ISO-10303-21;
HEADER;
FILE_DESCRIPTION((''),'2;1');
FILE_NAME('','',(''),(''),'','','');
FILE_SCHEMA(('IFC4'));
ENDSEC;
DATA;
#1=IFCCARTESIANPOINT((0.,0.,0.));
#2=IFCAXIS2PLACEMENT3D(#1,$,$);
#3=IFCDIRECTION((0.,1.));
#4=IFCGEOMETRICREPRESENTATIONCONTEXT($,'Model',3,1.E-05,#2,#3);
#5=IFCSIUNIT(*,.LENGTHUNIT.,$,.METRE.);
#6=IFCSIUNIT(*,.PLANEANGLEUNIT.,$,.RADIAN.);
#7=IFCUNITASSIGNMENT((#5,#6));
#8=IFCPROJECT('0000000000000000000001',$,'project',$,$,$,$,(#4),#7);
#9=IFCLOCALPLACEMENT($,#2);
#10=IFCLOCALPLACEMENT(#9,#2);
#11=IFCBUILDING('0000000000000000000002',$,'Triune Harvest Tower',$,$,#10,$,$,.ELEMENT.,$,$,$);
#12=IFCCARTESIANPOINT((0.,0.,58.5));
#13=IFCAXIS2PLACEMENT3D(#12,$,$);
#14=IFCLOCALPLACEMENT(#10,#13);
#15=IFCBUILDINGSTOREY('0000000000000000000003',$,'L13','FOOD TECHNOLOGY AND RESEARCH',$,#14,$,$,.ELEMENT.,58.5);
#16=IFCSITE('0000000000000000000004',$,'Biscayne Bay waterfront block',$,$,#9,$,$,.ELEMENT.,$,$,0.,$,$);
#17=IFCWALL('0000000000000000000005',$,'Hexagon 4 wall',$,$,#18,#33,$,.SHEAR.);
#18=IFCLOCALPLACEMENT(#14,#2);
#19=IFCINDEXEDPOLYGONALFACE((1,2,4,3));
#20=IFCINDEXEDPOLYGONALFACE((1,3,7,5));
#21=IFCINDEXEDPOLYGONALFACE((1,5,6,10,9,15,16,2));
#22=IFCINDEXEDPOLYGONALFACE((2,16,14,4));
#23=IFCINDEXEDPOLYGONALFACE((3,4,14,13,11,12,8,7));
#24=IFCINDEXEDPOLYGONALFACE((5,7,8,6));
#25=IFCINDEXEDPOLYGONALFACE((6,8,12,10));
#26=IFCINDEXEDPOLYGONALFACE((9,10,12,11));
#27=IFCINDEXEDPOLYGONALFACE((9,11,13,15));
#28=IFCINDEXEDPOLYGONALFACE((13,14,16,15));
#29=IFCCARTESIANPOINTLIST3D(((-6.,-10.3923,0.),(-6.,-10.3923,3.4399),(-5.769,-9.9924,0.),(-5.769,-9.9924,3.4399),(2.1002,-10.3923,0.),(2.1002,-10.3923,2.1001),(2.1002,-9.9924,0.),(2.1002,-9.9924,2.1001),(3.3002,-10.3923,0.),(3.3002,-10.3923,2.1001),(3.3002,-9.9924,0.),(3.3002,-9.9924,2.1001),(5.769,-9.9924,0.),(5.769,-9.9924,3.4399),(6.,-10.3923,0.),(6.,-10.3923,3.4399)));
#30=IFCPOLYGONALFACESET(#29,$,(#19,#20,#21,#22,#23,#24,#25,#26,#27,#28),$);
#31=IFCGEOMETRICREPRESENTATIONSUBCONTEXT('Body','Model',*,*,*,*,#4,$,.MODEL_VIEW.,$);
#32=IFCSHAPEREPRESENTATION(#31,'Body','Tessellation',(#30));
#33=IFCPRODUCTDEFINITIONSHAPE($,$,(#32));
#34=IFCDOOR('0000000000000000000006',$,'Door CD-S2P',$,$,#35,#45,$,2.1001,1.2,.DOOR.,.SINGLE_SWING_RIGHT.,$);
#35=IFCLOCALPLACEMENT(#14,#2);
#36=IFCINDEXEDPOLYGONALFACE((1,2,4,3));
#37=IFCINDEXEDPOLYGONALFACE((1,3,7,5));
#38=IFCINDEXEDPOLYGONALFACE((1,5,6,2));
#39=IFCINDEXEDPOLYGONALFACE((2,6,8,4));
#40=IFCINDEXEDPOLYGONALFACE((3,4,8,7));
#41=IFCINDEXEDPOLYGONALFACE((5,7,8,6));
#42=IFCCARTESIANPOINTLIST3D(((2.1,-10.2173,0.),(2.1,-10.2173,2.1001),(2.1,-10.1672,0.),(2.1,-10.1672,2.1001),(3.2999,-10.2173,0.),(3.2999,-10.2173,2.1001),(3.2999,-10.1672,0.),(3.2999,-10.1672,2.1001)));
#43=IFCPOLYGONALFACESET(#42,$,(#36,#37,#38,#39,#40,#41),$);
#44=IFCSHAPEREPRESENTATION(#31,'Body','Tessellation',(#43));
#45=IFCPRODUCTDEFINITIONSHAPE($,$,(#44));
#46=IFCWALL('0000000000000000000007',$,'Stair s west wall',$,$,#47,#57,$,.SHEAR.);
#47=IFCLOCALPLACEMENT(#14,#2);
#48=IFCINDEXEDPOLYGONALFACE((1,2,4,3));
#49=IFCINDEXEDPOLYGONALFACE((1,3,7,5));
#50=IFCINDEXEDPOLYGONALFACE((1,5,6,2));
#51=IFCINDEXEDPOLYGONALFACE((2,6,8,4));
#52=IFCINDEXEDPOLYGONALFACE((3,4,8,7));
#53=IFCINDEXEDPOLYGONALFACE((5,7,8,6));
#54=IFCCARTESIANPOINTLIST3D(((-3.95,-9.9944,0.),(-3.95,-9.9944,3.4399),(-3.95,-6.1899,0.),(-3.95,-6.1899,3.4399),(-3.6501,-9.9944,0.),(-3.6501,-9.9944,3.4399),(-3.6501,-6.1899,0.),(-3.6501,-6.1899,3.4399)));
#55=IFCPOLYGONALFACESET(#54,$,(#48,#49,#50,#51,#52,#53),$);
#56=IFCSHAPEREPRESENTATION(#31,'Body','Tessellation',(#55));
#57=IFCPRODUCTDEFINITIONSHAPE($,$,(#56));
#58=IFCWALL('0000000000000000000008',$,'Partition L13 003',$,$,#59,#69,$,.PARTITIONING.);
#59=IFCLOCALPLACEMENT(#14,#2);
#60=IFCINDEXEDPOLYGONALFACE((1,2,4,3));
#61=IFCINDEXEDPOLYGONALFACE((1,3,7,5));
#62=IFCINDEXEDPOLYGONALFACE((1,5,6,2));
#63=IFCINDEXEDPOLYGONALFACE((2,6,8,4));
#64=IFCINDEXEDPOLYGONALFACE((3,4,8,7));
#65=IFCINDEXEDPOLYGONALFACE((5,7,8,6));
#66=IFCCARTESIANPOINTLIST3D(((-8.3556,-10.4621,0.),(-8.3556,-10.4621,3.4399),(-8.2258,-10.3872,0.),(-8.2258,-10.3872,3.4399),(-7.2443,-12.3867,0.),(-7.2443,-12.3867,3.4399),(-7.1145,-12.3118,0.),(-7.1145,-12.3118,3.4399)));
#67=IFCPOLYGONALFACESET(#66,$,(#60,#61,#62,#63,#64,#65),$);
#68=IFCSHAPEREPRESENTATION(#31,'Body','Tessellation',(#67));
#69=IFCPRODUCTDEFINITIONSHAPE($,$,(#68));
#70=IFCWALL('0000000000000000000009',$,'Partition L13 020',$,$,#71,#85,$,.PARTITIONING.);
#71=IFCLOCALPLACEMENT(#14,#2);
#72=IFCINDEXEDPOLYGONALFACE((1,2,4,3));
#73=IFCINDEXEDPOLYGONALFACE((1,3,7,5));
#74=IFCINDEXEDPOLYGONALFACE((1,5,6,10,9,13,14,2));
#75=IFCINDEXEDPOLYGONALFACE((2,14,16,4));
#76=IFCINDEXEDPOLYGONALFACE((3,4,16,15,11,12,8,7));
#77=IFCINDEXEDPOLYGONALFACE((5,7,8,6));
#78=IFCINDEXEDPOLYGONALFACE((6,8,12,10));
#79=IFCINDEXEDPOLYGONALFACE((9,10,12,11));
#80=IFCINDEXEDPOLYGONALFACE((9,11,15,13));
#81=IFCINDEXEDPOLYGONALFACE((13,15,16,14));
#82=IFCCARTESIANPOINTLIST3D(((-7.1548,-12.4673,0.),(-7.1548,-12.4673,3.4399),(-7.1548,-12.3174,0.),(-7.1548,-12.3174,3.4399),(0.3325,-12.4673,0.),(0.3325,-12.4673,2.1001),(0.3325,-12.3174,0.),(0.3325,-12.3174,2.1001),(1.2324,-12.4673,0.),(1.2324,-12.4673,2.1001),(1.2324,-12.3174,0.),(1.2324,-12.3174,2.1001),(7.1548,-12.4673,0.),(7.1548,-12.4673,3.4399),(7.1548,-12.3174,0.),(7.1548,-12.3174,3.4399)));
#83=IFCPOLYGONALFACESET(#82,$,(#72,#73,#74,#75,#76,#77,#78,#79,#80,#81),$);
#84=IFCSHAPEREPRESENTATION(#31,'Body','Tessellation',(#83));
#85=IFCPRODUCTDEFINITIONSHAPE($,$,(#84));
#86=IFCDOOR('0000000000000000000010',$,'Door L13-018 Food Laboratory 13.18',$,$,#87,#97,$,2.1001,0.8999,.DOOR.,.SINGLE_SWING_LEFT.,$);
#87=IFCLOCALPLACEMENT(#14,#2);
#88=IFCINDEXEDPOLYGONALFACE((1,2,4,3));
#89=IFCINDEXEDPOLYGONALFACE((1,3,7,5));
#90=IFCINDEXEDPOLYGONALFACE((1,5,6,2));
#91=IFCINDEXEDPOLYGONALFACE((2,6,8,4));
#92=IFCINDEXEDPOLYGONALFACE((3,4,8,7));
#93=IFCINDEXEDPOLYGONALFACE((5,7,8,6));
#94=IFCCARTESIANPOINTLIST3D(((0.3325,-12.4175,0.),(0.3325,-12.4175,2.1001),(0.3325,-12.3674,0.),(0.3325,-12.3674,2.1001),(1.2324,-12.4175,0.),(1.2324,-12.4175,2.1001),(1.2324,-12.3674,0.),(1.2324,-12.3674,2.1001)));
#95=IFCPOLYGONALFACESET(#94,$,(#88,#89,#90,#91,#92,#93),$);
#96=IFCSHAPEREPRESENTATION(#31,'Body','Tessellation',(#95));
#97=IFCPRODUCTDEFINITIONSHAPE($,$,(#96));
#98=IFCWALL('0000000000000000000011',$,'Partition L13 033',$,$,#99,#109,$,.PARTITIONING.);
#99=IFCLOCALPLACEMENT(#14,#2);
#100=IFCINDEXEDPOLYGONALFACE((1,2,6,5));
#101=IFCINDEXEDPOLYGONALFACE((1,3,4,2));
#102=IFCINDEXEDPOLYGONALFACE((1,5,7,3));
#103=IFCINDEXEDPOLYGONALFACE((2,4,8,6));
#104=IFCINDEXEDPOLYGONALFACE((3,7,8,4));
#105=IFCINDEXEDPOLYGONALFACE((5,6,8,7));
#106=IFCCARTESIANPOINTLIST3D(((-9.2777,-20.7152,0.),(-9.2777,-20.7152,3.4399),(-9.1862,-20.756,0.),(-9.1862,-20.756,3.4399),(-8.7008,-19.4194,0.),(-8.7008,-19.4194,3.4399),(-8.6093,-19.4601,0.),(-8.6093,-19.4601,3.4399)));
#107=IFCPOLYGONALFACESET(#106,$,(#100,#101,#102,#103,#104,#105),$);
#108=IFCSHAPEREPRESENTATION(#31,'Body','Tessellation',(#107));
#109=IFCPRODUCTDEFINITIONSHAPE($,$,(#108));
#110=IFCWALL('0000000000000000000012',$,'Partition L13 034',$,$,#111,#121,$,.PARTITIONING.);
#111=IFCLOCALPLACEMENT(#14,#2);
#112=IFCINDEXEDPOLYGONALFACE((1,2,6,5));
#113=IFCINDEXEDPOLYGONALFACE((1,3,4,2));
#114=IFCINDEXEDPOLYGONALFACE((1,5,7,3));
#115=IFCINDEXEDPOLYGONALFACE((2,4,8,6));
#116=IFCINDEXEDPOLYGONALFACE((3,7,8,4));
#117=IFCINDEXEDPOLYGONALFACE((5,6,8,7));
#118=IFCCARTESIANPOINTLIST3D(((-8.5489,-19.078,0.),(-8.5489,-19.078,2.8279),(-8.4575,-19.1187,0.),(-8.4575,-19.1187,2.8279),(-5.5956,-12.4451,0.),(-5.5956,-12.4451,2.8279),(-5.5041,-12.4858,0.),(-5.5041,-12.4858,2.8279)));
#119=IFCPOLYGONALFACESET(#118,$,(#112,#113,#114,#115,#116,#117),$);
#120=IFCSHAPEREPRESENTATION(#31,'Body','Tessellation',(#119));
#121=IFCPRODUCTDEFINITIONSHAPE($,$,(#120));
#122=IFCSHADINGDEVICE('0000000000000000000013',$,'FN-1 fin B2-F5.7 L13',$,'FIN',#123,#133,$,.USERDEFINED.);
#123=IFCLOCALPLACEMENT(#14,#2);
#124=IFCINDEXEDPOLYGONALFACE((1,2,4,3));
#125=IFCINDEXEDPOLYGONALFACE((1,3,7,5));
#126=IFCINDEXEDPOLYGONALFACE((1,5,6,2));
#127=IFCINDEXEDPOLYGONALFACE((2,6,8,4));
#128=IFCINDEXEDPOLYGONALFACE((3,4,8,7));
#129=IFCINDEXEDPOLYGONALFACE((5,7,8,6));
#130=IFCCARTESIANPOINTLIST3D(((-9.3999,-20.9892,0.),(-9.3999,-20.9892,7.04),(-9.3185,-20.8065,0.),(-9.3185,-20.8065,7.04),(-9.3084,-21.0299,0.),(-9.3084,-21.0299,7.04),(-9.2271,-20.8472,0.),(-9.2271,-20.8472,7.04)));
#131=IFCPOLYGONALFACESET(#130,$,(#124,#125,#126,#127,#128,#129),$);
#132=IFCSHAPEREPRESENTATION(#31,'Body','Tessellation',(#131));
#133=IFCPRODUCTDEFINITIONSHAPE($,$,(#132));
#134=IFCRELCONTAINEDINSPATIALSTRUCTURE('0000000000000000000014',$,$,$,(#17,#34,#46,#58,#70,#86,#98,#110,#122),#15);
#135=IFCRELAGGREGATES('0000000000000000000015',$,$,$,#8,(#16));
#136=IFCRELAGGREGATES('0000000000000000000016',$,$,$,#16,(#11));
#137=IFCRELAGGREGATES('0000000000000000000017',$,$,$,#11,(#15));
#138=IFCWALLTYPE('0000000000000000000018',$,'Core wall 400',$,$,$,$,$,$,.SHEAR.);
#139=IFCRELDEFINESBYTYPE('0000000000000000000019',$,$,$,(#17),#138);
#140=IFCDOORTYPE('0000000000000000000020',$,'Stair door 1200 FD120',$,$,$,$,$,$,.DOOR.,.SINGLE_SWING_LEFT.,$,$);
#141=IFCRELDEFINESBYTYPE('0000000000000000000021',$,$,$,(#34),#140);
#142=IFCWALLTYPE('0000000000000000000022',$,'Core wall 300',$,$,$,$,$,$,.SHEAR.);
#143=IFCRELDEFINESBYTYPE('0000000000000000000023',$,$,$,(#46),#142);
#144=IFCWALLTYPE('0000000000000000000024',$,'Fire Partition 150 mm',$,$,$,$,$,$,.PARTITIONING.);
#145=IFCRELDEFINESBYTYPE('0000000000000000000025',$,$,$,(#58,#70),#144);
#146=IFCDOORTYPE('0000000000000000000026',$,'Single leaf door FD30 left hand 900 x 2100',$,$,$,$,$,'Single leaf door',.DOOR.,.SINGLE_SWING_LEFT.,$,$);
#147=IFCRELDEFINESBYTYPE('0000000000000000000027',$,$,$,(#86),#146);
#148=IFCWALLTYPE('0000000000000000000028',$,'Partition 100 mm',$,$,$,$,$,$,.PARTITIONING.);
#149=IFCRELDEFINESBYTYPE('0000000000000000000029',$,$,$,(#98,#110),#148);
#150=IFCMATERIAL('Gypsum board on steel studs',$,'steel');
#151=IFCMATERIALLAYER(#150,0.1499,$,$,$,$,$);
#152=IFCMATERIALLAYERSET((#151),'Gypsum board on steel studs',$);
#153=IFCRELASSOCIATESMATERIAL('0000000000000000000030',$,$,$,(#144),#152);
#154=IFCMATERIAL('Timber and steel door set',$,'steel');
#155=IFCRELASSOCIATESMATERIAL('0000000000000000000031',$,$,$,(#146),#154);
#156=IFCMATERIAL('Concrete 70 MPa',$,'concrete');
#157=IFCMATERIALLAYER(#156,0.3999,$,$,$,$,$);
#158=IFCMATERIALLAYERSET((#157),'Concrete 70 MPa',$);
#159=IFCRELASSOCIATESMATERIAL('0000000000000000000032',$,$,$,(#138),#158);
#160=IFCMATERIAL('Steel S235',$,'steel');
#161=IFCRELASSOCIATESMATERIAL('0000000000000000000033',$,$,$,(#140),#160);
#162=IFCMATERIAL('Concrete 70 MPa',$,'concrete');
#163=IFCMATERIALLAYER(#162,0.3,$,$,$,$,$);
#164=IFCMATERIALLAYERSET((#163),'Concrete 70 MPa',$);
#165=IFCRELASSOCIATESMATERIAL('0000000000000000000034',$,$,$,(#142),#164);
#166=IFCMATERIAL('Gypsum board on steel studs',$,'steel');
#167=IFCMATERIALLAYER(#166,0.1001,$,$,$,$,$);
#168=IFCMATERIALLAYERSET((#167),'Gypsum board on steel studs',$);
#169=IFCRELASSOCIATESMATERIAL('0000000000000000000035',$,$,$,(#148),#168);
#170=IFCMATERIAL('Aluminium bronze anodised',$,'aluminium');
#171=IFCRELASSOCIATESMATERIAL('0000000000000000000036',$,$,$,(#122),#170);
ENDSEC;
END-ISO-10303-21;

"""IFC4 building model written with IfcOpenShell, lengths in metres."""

from ifc_helpers import new_model, si_unit, direction, frame, frame_2d, origin, origin_2d, place, context, subcontext, project, spatial, polyline, rectangle, outline, extrude, source, transform, mapped, material, layer, layer_set, type_object, element, fill, save


model = new_model("IFC4")

# Units and contexts
model_context = context("Model", 3, precision=1e-05, world=origin(), true_north=direction((0.0, 1.0)))
body_context = subcontext(model_context, "Body", "Model", "MODEL_VIEW")
ifc_project = project(units=[si_unit("LENGTHUNIT", "METRE"), si_unit("PLANEANGLEUNIT", "RADIAN")], contexts=[model_context])

# Site, building, storey
site_placement = place(None, origin())
site = spatial("IfcSite", under=ifc_project, at=site_placement, Name="Biscayne Bay waterfront block", CompositionType="ELEMENT", RefElevation=0.0)
building_placement = place(site_placement, origin())
building = spatial("IfcBuilding", under=site, at=building_placement, Name="Triune Harvest Tower", CompositionType="ELEMENT")
storey_placement = place(building_placement, frame((0.0, 0.0, 58.5)))
storey = spatial("IfcBuildingStorey", under=building, at=storey_placement, Name="L13", Description="FOOD TECHNOLOGY AND RESEARCH", CompositionType="ELEMENT", Elevation=58.5)

# Wall, opening, door
ifc_material_1 = material(Name="Gypsum board on steel studs", Category="steel")
ifc_layer_1 = layer(ifc_material_1, 0.1499)
ifc_layer_set_1 = layer_set([ifc_layer_1], Name="Gypsum board on steel studs")
wall_type_1 = type_object("IfcWallType", Name="Fire Partition 150 mm", PredefinedType="PARTITIONING", material=ifc_layer_set_1)
ifc_material_2 = material(Name="Timber and steel door set", Category="steel")
door_type_1 = type_object("IfcDoorType", Name="Single leaf door FD30 left hand 900 x 2100", ElementType="Single leaf door", OperationType="SINGLE_SWING_LEFT", PredefinedType="DOOR", material=ifc_material_2)
ifc_material_3 = material(Name="Concrete 70 MPa", Category="concrete")
ifc_layer_2 = layer(ifc_material_3, 0.3999)
ifc_layer_set_2 = layer_set([ifc_layer_2], Name="Concrete 70 MPa")
wall_type_2 = type_object("IfcWallType", Name="Core wall 400", PredefinedType="SHEAR", material=ifc_layer_set_2)
shared_shape_1 = source(origin(), body_context, "Body", "SweptSolid", [
    extrude(outline(polyline([(-0.1155, -0.2), (11.8845, -0.2), (11.6536, 0.2), (0.1155, 0.2), (-0.1155, -0.2)])), origin(), (0.0, 0.0, 1.0), 3.4399),
])
wall_1_placement = place(storey_placement, frame((-5.8845, -10.1924, 0.0), z_axis=(0.0, 0.0, 1.0), x_axis=(1.0, 0.0, 0.0)))
wall_1 = element("IfcWall", 1, at=wall_1_placement, inside=storey, type_object=wall_type_2, Name="Hexagon 4 wall", PredefinedType="SHEAR", context=body_context, shape_type="MappedRepresentation", body=[
    mapped(shared_shape_1, transform((0.0, 0.0, 0.0), scale=1.0)),
])
opening_1_placement = place(wall_1_placement, frame((7.9846, 0.0, 0.0)))
opening_1 = element("IfcOpeningElement", 2, at=opening_1_placement, cuts=wall_1, PredefinedType="OPENING", context=body_context, shape_type="SweptSolid", body=[
    extrude(rectangle(XDim=1.2, YDim=2.1001, at=frame_2d((0.6001, 1.05))), frame((0.0, 0.21, 0.0), z_axis=(0.0, -1.0, 0.0), x_axis=(1.0, 0.0, 0.0)), (0.0, 0.0, 1.0), 0.4199),
])
ifc_material_4 = material(Name="Steel S235", Category="steel")
door_type_2 = type_object("IfcDoorType", Name="Stair door 1200 FD120", OperationType="SINGLE_SWING_LEFT", PredefinedType="DOOR", material=ifc_material_4)
door_1_placement = place(opening_1_placement, frame((1.2, 0.0, 0.0), z_axis=(0.0, 0.0, 1.0), x_axis=(-1.0, 0.0, 0.0)))
door_1 = element("IfcDoor", 3, at=door_1_placement, inside=storey, type_object=door_type_2, Name="Door CD-S2P", OperationType="SINGLE_SWING_RIGHT", OverallHeight=2.1001, OverallWidth=1.2, PredefinedType="DOOR", context=body_context, shape_type="SweptSolid", body=[
    extrude(rectangle(XDim=1.2, YDim=2.1001, at=frame_2d((0.6001, 1.05))), frame((0.0, 0.0249, 0.0), z_axis=(0.0, -1.0, 0.0), x_axis=(1.0, 0.0, 0.0)), (0.0, 0.0, 1.0), 0.05),
])
fill(opening_1, door_1)

# Walls
ifc_material_5 = material(Name="Concrete 70 MPa", Category="concrete")
ifc_layer_3 = layer(ifc_material_5, 0.3)
ifc_layer_set_3 = layer_set([ifc_layer_3], Name="Concrete 70 MPa")
wall_type_3 = type_object("IfcWallType", Name="Core wall 300", PredefinedType="SHEAR", material=ifc_layer_set_3)
shared_shape_2 = source(origin(), body_context, "Body", "SweptSolid", [
    extrude(outline(polyline([(3.8, -0.1499), (-0.0044, -0.1499), (-0.0044, 0.1499), (3.8, 0.1499), (3.8, -0.1499)])), origin(), (0.0, 0.0, 1.0), 3.4399),
])
wall_2_placement = place(storey_placement, frame((-3.8, -9.99, 0.0), z_axis=(0.0, 0.0, 1.0), x_axis=(0.0, 1.0, 0.0)))
element("IfcWall", 4, at=wall_2_placement, inside=storey, type_object=wall_type_3, Name="Stair s west wall", PredefinedType="SHEAR", context=body_context, shape_type="MappedRepresentation", body=[
    mapped(shared_shape_2, transform((0.0, 0.0, 0.0), scale=1.0)),
])
shared_shape_3 = source(origin(), body_context, "Body", "SweptSolid", [
    extrude(rectangle(XDim=2.2224, YDim=0.1499, at=frame_2d((1.1113, 0.0))), origin(), (0.0, 0.0, 1.0), 3.4399),
])
wall_3_placement = place(storey_placement, frame((-8.2908, -10.4246, 0.0), z_axis=(0.0, 0.0, 1.0), x_axis=(0.500062, -0.86599, 0.0)))
element("IfcWall", 5, at=wall_3_placement, inside=storey, type_object=wall_type_1, Name="Partition L13 003", PredefinedType="PARTITIONING", context=body_context, shape_type="MappedRepresentation", body=[
    mapped(shared_shape_3, transform((0.0, 0.0, 0.0), scale=1.0)),
])

# Wall, opening, door
shared_shape_4 = source(origin(), body_context, "Body", "SweptSolid", [
    extrude(rectangle(XDim=14.3096, YDim=0.1499, at=frame_2d((7.1548, 0.0))), origin(), (0.0, 0.0, 1.0), 3.4399),
])
wall_4_placement = place(storey_placement, frame((-7.1548, -12.3923, 0.0), z_axis=(0.0, 0.0, 1.0), x_axis=(1.0, 0.0, 0.0)))
wall_4 = element("IfcWall", 6, at=wall_4_placement, inside=storey, type_object=wall_type_1, Name="Partition L13 020", PredefinedType="PARTITIONING", context=body_context, shape_type="MappedRepresentation", body=[
    mapped(shared_shape_4, transform((0.0, 0.0, 0.0), scale=1.0)),
])
opening_2_placement = place(wall_4_placement, frame((7.4873, 0.0, 0.0)))
opening_2 = element("IfcOpeningElement", 7, at=opening_2_placement, cuts=wall_4, PredefinedType="OPENING", context=body_context, shape_type="SweptSolid", body=[
    extrude(rectangle(XDim=0.8999, YDim=2.1001, at=frame_2d((0.45, 1.05))), frame((0.0, 0.085, 0.0), z_axis=(0.0, -1.0, 0.0), x_axis=(1.0, 0.0, 0.0)), (0.0, 0.0, 1.0), 0.1699),
])
door_2_placement = place(opening_2_placement, origin())
door_2 = element("IfcDoor", 8, at=door_2_placement, inside=storey, type_object=door_type_1, Name="Door L13-018 Food Laboratory 13.18", OperationType="SINGLE_SWING_LEFT", OverallHeight=2.1001, OverallWidth=0.8999, PredefinedType="DOOR", context=body_context, shape_type="SweptSolid", body=[
    extrude(rectangle(XDim=0.8999, YDim=2.1001, at=frame_2d((0.45, 1.05))), frame((0.0, 0.0249, 0.0), z_axis=(0.0, -1.0, 0.0), x_axis=(1.0, 0.0, 0.0)), (0.0, 0.0, 1.0), 0.05),
])
fill(opening_2, door_2)

# Walls
ifc_material_6 = material(Name="Gypsum board on steel studs", Category="steel")
ifc_layer_4 = layer(ifc_material_6, 0.1001)
ifc_layer_set_4 = layer_set([ifc_layer_4], Name="Gypsum board on steel studs")
wall_type_4 = type_object("IfcWallType", Name="Partition 100 mm", PredefinedType="PARTITIONING", material=ifc_layer_set_4)
shared_shape_5 = source(origin(), body_context, "Body", "SweptSolid", [
    extrude(rectangle(XDim=1.4185, YDim=0.1001, at=frame_2d((0.7092, 0.0))), origin(), (0.0, 0.0, 1.0), 3.4399),
])
wall_5_placement = place(storey_placement, frame((-9.2319, -20.7356, 0.0), z_axis=(0.0, 0.0, 1.0), x_axis=(0.406697, 0.913563, 0.0)))
element("IfcWall", 9, at=wall_5_placement, inside=storey, type_object=wall_type_4, Name="Partition L13 033", PredefinedType="PARTITIONING", context=body_context, shape_type="MappedRepresentation", body=[
    mapped(shared_shape_5, transform((0.0, 0.0, 0.0), scale=1.0)),
])
shared_shape_6 = source(origin(), body_context, "Body", "SweptSolid", [
    extrude(rectangle(XDim=7.2607, YDim=0.1001, at=frame_2d((3.6304, 0.0))), origin(), (0.0, 0.0, 1.0), 2.8279),
])
wall_6_placement = place(storey_placement, frame((-8.5032, -19.0984, 0.0), z_axis=(0.0, 0.0, 1.0), x_axis=(0.406753, 0.913538, 0.0)))
element("IfcWall", 10, at=wall_6_placement, inside=storey, type_object=wall_type_4, Name="Partition L13 034", PredefinedType="PARTITIONING", context=body_context, shape_type="MappedRepresentation", body=[
    mapped(shared_shape_6, transform((0.0, 0.0, 0.0), scale=1.0)),
])

# Shading device
ifc_material_7 = material(Name="Aluminium bronze anodised", Category="aluminium")
shared_shape_7 = source(origin(), body_context, "Body", "SweptSolid", [
    extrude(rectangle(XDim=0.1001, YDim=0.2, at=origin_2d()), origin(), (0.0, 0.0, 1.0), 7.04),
])
shading_device_placement = place(storey_placement, frame((-9.3135, -20.9182, 0.0), z_axis=(0.0, 0.0, 1.0), x_axis=(0.913545, -0.406737, 0.0)))
element("IfcShadingDevice", 11, at=shading_device_placement, inside=storey, material=ifc_material_7, Name="FN-1 fin B2-F5.7 L13", ObjectType="FIN", PredefinedType="USERDEFINED", context=body_context, shape_type="MappedRepresentation", body=[
    mapped(shared_shape_7, transform((0.0, 0.0, 0.0), scale=1.0)),
])

save(model, "model.ifc")
